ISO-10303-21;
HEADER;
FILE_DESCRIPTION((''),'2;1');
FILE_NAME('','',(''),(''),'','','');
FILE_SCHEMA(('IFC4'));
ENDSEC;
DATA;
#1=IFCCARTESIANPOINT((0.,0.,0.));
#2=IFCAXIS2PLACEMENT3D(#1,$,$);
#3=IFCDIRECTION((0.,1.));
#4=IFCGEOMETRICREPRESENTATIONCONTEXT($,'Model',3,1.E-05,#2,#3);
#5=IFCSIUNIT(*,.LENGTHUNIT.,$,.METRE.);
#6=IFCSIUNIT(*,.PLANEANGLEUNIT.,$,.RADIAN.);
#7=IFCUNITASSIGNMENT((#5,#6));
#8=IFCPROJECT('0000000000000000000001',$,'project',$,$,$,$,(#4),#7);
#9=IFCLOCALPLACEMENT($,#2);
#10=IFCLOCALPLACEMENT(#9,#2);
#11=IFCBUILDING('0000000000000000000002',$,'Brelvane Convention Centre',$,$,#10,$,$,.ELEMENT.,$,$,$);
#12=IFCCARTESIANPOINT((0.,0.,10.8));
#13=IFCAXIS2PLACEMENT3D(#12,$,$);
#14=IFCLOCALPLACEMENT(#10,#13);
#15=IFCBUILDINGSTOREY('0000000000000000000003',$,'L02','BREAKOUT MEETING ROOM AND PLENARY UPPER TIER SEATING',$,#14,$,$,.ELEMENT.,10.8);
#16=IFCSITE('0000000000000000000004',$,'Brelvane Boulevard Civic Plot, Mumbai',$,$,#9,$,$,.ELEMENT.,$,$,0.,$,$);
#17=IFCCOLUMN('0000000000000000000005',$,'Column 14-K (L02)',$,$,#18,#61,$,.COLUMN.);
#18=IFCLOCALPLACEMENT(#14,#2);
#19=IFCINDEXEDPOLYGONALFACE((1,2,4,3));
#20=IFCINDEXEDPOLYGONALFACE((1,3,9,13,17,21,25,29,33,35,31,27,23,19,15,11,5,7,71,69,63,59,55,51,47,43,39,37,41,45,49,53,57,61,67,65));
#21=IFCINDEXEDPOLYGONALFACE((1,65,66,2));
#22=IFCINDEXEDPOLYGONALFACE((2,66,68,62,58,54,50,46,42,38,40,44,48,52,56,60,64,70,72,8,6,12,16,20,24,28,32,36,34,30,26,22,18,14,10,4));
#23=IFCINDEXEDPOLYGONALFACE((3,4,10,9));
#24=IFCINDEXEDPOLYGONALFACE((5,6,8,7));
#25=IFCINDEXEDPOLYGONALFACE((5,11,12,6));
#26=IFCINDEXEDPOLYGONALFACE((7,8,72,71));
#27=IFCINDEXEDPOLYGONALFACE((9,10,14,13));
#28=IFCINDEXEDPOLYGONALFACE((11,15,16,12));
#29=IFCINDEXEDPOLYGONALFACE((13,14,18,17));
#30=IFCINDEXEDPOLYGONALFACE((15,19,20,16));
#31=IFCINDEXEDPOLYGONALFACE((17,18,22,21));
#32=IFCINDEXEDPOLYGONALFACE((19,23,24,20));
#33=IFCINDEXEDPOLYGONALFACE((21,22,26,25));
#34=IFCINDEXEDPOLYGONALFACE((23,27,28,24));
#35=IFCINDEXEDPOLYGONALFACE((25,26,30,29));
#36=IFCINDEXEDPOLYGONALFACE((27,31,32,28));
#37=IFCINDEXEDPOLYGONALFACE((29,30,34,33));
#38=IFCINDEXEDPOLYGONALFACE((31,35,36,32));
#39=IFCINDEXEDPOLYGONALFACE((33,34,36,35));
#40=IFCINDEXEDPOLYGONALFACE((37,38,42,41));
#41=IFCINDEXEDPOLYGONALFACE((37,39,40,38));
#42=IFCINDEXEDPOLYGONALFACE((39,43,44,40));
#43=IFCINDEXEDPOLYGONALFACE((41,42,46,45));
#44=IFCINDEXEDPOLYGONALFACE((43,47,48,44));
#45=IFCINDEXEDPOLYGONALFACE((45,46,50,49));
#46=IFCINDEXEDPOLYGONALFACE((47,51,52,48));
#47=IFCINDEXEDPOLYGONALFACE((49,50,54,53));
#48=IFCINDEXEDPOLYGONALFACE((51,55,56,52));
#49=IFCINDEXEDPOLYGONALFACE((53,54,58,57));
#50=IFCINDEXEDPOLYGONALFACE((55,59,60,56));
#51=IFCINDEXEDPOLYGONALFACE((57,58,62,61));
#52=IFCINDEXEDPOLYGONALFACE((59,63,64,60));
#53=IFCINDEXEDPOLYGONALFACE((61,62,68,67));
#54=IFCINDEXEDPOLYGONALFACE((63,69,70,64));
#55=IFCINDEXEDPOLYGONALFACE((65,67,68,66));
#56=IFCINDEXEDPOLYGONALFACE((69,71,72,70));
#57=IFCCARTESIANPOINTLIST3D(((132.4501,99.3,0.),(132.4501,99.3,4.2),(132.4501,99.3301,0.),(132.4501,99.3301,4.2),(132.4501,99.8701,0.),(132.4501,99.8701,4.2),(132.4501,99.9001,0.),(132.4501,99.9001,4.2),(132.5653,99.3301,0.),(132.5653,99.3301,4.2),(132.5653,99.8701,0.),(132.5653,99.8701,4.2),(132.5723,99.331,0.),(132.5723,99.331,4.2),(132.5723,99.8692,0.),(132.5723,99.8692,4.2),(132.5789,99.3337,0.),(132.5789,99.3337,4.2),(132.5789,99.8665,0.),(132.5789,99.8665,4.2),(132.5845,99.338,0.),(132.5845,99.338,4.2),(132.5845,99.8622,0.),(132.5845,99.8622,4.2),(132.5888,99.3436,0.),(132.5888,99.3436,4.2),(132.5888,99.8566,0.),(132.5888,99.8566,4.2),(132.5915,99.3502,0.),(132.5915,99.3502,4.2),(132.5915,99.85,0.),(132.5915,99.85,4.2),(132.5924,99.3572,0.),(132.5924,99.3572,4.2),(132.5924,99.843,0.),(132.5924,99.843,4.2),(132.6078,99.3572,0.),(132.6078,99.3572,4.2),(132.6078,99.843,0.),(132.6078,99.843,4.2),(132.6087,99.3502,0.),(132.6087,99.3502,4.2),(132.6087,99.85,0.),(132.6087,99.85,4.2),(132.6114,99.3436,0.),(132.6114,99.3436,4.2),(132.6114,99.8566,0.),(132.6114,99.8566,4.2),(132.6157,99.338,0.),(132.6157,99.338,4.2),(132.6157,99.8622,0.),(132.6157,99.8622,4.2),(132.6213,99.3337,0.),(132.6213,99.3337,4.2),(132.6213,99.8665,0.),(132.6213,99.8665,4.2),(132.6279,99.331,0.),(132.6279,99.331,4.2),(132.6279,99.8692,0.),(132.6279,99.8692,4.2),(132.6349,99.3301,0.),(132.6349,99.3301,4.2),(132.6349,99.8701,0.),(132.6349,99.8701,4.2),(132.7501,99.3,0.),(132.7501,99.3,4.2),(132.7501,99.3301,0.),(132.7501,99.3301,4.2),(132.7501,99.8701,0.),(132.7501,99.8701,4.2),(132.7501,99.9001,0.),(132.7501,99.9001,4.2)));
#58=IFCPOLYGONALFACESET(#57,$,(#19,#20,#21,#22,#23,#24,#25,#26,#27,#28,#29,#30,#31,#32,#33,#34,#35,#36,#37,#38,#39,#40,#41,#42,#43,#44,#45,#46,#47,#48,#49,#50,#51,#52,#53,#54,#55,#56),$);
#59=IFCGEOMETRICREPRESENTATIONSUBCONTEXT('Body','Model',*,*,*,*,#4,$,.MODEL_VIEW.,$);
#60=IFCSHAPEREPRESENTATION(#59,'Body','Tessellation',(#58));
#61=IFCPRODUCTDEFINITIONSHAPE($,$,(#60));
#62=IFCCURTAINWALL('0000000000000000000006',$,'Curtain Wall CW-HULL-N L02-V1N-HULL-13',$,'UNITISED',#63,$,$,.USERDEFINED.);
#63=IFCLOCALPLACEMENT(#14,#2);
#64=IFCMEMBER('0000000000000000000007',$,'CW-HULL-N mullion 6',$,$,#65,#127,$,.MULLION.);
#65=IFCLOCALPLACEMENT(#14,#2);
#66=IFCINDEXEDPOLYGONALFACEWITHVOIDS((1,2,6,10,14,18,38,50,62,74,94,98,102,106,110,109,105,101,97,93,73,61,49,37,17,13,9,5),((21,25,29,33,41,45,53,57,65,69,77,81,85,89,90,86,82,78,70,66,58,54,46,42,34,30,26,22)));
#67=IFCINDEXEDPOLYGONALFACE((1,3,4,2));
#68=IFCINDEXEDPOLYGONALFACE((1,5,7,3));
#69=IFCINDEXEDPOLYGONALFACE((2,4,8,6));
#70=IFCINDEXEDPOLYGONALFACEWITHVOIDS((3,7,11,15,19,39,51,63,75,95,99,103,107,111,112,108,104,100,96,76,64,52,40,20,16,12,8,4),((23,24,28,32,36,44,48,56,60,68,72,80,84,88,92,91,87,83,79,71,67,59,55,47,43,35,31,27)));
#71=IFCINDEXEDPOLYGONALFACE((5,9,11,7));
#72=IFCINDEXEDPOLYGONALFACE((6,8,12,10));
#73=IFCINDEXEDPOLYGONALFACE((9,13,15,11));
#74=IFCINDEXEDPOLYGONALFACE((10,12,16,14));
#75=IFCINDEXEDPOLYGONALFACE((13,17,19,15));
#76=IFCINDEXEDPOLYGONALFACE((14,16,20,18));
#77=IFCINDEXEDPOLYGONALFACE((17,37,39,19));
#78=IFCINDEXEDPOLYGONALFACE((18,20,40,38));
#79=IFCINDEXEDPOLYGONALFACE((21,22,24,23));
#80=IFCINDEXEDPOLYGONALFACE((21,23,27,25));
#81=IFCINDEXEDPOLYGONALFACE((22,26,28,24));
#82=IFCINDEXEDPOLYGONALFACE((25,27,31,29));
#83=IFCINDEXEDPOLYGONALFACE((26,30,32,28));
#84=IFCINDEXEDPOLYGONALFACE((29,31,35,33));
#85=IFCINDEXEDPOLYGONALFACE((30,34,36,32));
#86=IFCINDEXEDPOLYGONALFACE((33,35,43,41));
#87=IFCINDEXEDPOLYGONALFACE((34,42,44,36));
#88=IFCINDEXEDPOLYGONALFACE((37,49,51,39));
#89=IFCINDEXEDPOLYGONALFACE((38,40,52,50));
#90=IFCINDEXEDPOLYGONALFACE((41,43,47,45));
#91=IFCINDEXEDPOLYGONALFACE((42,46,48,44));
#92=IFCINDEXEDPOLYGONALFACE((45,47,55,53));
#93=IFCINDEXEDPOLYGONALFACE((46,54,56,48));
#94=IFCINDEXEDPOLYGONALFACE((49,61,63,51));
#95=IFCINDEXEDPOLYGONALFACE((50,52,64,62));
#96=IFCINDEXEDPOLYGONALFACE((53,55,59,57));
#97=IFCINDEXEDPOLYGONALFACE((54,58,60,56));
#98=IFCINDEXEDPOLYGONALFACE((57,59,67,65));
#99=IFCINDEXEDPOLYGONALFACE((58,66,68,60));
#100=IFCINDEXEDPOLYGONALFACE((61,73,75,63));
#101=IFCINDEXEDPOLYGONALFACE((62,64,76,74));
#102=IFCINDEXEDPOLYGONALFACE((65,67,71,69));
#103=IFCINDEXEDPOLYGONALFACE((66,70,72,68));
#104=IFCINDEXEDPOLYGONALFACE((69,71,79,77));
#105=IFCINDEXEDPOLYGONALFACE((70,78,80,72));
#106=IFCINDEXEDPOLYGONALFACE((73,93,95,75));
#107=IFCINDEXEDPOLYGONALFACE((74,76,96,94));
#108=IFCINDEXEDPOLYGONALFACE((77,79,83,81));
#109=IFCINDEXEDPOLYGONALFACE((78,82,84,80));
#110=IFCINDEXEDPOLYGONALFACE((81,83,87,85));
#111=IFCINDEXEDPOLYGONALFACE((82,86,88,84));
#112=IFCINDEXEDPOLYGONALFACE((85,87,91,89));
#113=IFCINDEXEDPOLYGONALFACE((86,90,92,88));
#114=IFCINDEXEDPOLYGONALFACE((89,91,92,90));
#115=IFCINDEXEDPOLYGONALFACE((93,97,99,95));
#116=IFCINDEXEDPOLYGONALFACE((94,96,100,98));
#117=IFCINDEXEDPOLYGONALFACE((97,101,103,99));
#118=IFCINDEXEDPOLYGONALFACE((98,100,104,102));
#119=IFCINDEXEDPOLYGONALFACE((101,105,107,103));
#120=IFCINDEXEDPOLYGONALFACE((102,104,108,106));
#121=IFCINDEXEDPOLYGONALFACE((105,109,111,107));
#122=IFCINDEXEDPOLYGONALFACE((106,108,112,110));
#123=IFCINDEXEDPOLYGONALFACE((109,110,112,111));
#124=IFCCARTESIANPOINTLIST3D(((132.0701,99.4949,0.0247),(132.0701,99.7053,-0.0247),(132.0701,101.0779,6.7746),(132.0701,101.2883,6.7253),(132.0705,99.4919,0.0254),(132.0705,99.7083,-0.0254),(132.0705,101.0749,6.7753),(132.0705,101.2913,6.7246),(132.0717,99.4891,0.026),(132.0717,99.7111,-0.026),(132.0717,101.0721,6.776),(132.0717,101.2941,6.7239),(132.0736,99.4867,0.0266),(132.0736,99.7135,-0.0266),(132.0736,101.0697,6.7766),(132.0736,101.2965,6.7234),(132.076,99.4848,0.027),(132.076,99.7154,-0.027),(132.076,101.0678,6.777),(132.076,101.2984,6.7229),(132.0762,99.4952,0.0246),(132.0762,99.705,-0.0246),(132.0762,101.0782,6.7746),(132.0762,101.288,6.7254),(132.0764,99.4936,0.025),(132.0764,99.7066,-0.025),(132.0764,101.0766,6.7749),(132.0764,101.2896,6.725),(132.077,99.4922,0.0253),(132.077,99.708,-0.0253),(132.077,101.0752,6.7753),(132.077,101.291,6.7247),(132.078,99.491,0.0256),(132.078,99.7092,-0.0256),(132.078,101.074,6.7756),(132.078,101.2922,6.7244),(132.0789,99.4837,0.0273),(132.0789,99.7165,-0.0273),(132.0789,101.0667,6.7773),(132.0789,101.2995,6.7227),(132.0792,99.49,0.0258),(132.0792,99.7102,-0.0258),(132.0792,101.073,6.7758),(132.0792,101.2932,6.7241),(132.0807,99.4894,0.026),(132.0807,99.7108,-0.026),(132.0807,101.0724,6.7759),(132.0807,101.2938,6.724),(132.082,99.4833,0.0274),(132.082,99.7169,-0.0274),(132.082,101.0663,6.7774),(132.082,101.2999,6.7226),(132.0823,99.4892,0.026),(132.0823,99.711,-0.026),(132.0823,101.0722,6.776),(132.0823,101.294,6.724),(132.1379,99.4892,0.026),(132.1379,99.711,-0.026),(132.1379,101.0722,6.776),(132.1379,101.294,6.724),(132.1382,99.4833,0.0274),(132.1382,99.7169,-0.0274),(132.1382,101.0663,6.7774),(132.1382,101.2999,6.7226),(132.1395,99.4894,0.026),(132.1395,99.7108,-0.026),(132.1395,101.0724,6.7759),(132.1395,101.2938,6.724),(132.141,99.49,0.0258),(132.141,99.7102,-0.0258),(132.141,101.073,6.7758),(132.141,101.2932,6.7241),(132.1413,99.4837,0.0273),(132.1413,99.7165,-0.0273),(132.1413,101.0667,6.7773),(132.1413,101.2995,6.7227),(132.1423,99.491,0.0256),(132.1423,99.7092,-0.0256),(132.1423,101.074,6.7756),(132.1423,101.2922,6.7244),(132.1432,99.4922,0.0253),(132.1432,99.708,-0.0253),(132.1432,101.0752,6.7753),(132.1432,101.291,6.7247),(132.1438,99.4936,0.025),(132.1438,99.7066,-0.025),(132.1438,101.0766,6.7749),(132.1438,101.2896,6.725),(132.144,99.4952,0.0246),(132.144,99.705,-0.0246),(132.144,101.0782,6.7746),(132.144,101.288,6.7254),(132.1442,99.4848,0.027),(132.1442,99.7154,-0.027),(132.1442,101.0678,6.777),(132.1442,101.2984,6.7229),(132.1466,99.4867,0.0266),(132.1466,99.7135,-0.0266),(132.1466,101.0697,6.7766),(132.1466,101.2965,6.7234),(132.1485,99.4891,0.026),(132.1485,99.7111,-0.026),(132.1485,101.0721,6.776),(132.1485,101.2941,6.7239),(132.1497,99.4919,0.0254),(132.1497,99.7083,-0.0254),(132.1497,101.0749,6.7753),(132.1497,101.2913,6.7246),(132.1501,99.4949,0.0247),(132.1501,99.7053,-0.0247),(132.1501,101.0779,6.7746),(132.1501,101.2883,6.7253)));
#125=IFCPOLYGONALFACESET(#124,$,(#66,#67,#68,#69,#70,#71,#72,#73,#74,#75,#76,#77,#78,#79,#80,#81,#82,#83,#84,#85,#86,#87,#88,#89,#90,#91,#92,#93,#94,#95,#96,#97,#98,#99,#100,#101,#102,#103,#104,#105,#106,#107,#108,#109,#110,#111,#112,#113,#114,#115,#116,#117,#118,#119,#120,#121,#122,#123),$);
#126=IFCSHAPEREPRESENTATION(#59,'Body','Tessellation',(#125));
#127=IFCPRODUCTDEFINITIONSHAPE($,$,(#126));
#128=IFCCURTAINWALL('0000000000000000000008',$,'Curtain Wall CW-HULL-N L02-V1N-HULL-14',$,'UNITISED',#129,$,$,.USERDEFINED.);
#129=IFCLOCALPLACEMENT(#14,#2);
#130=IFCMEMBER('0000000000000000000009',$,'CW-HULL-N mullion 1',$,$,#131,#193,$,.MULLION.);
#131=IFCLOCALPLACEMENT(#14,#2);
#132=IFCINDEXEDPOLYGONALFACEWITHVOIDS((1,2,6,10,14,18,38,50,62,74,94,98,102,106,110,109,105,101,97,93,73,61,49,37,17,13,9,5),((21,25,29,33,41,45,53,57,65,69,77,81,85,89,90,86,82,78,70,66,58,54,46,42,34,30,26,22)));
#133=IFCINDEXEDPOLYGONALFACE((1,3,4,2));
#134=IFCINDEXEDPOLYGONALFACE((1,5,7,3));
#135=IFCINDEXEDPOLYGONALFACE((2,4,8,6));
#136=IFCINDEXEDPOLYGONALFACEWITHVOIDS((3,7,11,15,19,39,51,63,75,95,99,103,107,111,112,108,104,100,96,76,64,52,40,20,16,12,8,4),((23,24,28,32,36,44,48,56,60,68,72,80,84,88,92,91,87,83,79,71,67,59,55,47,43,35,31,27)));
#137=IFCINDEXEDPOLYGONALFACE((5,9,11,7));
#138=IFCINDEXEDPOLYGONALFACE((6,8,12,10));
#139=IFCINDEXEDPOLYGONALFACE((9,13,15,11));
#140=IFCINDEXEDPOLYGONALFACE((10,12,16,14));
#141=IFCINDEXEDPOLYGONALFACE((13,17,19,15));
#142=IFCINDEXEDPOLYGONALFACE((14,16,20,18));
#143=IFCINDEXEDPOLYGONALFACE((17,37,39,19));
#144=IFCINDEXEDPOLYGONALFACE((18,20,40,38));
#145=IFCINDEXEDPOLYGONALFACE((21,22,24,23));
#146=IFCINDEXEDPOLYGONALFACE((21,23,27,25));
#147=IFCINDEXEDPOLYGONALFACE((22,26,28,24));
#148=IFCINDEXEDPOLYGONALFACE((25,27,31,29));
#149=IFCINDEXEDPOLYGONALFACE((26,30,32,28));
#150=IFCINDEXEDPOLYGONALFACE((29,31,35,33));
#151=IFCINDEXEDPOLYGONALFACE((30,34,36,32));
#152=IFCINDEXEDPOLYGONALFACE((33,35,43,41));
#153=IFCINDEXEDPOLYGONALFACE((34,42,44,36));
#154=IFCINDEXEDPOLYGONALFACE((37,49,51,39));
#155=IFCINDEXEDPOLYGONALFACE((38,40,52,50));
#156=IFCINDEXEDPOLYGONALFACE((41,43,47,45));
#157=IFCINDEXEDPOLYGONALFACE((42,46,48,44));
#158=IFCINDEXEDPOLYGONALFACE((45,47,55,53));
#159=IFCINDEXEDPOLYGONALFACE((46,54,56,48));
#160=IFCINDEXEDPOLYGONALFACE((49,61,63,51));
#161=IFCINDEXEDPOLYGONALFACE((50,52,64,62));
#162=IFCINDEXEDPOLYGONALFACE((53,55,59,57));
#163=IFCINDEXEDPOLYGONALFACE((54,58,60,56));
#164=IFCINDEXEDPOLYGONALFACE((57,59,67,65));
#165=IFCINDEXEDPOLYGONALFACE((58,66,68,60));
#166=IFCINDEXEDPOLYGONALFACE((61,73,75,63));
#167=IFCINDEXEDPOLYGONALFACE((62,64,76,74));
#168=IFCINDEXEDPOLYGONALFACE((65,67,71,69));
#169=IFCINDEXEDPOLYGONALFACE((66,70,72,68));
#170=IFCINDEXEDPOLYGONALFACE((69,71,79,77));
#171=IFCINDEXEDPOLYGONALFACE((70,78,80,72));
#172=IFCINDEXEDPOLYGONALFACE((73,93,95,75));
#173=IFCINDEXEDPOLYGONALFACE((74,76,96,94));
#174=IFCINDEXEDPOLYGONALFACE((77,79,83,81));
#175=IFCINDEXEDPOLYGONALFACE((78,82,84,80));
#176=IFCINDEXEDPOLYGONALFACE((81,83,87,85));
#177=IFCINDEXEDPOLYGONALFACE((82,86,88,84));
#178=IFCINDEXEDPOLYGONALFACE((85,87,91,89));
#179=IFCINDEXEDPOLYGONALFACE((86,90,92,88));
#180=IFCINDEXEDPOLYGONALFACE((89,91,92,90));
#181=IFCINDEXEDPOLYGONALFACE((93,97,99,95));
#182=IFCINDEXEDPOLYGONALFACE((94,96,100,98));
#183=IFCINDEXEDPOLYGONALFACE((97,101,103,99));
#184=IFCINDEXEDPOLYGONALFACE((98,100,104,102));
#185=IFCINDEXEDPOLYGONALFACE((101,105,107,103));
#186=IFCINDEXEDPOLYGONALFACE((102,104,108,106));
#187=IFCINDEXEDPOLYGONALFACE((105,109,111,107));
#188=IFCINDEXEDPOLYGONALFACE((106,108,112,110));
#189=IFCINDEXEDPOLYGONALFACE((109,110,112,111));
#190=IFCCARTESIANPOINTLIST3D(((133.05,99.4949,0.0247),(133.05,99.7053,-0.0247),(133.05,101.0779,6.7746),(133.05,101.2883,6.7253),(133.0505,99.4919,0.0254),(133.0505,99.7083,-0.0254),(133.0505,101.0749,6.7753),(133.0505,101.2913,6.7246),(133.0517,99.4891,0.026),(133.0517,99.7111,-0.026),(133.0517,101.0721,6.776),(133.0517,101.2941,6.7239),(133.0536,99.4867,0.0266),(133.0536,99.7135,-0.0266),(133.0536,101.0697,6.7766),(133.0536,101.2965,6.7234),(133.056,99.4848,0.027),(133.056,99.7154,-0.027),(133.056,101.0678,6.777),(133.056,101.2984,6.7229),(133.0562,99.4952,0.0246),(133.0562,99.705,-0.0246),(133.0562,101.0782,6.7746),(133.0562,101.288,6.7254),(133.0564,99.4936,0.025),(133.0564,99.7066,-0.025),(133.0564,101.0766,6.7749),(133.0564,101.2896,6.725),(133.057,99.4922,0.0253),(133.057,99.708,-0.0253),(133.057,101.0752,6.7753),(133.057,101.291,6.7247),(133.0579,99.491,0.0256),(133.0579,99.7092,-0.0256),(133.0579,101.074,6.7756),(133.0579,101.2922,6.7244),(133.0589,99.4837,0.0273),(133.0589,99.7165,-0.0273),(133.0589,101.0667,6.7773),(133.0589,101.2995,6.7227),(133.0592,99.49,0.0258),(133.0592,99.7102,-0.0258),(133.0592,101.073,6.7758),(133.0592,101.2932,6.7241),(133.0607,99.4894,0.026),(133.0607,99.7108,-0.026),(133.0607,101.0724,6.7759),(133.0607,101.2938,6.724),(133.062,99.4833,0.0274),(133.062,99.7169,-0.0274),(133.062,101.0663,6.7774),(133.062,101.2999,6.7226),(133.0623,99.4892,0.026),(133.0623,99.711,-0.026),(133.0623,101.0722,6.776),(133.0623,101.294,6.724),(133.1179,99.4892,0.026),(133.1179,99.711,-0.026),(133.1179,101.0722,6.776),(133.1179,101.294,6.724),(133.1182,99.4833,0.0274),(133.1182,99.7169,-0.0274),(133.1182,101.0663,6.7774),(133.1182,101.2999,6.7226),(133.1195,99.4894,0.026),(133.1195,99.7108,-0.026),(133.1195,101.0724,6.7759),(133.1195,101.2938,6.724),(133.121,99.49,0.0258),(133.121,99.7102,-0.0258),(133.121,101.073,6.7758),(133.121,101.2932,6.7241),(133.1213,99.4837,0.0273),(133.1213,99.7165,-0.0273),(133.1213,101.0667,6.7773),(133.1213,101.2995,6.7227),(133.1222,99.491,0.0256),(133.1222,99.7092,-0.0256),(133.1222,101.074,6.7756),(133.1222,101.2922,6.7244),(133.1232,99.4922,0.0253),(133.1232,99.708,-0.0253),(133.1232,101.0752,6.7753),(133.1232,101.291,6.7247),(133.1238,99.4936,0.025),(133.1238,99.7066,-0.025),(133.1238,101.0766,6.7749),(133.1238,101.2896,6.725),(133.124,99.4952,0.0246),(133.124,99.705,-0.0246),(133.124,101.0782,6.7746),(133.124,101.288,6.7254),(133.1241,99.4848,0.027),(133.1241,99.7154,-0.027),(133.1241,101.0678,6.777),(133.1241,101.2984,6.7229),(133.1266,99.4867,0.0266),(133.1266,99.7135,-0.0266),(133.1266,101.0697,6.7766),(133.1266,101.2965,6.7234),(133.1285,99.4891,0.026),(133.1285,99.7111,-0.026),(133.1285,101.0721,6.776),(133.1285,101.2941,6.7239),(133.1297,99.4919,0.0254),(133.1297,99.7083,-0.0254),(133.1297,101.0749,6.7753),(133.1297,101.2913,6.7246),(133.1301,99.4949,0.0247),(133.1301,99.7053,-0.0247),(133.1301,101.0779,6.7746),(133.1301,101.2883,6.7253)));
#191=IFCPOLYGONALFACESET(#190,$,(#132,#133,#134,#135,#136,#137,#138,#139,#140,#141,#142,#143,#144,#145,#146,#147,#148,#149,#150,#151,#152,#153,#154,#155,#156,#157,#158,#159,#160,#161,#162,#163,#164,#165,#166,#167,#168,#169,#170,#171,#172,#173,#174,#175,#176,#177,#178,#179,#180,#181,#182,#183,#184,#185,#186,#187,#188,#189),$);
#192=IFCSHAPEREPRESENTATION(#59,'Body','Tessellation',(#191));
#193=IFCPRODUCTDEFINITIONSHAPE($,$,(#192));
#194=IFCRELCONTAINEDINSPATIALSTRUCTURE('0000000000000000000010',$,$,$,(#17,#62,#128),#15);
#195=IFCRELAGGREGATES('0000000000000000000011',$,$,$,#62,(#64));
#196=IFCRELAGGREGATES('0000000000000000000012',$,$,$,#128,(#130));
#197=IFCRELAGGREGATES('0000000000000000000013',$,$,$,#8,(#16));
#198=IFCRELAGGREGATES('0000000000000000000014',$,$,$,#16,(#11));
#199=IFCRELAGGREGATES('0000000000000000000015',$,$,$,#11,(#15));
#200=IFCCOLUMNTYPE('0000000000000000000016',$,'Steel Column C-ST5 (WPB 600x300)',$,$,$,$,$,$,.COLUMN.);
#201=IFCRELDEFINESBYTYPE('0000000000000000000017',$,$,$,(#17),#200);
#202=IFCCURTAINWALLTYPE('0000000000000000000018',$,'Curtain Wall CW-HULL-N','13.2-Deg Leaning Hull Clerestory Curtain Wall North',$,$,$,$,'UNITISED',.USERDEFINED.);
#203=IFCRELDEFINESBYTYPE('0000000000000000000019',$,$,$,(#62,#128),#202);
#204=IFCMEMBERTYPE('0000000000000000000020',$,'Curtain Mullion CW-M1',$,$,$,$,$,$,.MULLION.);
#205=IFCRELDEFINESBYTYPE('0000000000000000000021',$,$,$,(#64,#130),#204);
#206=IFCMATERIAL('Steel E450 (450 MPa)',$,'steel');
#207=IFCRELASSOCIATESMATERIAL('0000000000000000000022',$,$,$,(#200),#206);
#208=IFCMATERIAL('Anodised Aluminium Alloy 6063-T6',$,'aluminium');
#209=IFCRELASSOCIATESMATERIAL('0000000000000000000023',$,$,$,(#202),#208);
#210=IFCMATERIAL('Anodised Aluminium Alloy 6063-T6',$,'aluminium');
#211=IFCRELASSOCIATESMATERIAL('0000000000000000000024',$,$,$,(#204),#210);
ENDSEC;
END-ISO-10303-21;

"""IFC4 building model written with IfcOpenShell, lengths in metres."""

from ifc_helpers import new_model, si_unit, direction, frame, origin, origin_2d, place, context, subcontext, project, spatial, hollow_rectangle, i_section, extrude, material, material_profile, profile_set, type_object, element, aggregate, save


model = new_model("IFC4")

# Units and contexts
model_context = context("Model", 3, precision=1e-05, world=origin(), true_north=direction((0.0, 1.0)))
body_context = subcontext(model_context, "Body", "Model", "MODEL_VIEW")
ifc_project = project(units=[si_unit("LENGTHUNIT", "METRE"), si_unit("PLANEANGLEUNIT", "RADIAN")], contexts=[model_context])

# Site, building, storey
site_placement = place(None, origin())
site = spatial("IfcSite", under=ifc_project, at=site_placement, Name="Brelvane Boulevard Civic Plot, Mumbai", CompositionType="ELEMENT", RefElevation=0.0)
building_placement = place(site_placement, origin())
building = spatial("IfcBuilding", under=site, at=building_placement, Name="Brelvane Convention Centre", CompositionType="ELEMENT")
storey_placement = place(building_placement, frame((0.0, 0.0, 10.8)))
storey = spatial("IfcBuildingStorey", under=building, at=storey_placement, Name="L02", Description="BREAKOUT MEETING ROOM AND PLENARY UPPER TIER SEATING", CompositionType="ELEMENT", Elevation=10.8)

# Column
ifc_material_1 = material(Name="Steel E450 (450 MPa)", Category="steel")
ifc_material_profile_1 = material_profile(ifc_material_1, i_section(OverallWidth=0.3, OverallDepth=0.6001, WebThickness=0.0154, FlangeThickness=0.03, FilletRadius=0.0271, at=origin_2d()), Name="WPB 600x300")
ifc_profile_set_1 = profile_set([ifc_material_profile_1], Name="Steel E450 (450 MPa)")
column_type = type_object("IfcColumnType", Name="Steel Column C-ST5 (WPB 600x300)", PredefinedType="COLUMN", material=ifc_profile_set_1)
column_placement = place(storey_placement, frame((132.6001, 99.6001, 0.0), z_axis=(0.0, 0.0, 1.0), x_axis=(1.0, 0.0, 0.0)))
element("IfcColumn", 1, at=column_placement, inside=storey, type_object=column_type, Name="Column 14-K (L02)", PredefinedType="COLUMN", context=body_context, shape_type="SweptSolid", body=[
    extrude(i_section(OverallWidth=0.3, OverallDepth=0.6001, WebThickness=0.0154, FlangeThickness=0.03, FilletRadius=0.0271, at=origin_2d()), origin(), (0.0, 0.0, 1.0), 4.2),
])

# Curtain wall, member
ifc_material_2 = material(Name="Anodised Aluminium Alloy 6063-T6", Category="aluminium")
curtain_wall_type = type_object("IfcCurtainWallType", Name="Curtain Wall CW-HULL-N", Description="13.2-Deg Leaning Hull Clerestory Curtain Wall North", ElementType="UNITISED", PredefinedType="USERDEFINED", material=ifc_material_2)
curtain_wall_1_placement = place(storey_placement, origin())
curtain_wall_1 = element("IfcCurtainWall", 2, at=curtain_wall_1_placement, inside=storey, type_object=curtain_wall_type, Name="Curtain Wall CW-HULL-N L02-V1N-HULL-13", ObjectType="UNITISED", PredefinedType="USERDEFINED")
ifc_material_3 = material(Name="Anodised Aluminium Alloy 6063-T6", Category="aluminium")
ifc_material_profile_2 = material_profile(ifc_material_3, hollow_rectangle(XDim=0.0801, YDim=0.24, WallThickness=0.0061, InnerFilletRadius=0.0061, OuterFilletRadius=0.012, at=origin_2d()), Name="ALU-M 240x80x6.0")
ifc_profile_set_2 = profile_set([ifc_material_profile_2], Name="Anodised Aluminium Alloy 6063-T6")
member_type_1 = type_object("IfcMemberType", Name="Curtain Mullion CW-M1", PredefinedType="MULLION", material=ifc_profile_set_2)
member_1_placement = place(storey_placement, frame((132.1101, 99.6001, 0.0), z_axis=(0.0, 0.228325, 0.973585), x_axis=(-1.0, 0.0, 0.0)))
member_1 = element("IfcMember", 3, at=member_1_placement, type_object=member_type_1, Name="CW-HULL-N mullion 6", PredefinedType="MULLION", context=body_context, shape_type="SweptSolid", body=[
    extrude(hollow_rectangle(XDim=0.0801, YDim=0.24, WallThickness=0.0061, InnerFilletRadius=0.0061, OuterFilletRadius=0.012, at=origin_2d()), origin(), (0.0, 0.0, 1.0), 6.9331),
])
aggregate(curtain_wall_1, [member_1])

# Curtain wall, member
curtain_wall_2_placement = place(storey_placement, origin())
curtain_wall_2 = element("IfcCurtainWall", 4, at=curtain_wall_2_placement, inside=storey, type_object=curtain_wall_type, Name="Curtain Wall CW-HULL-N L02-V1N-HULL-14", ObjectType="UNITISED", PredefinedType="USERDEFINED")
member_2_placement = place(storey_placement, frame((133.0901, 99.6001, 0.0), z_axis=(0.0, 0.228325, 0.973585), x_axis=(-1.0, 0.0, 0.0)))
member_2 = element("IfcMember", 5, at=member_2_placement, type_object=member_type_1, Name="CW-HULL-N mullion 1", PredefinedType="MULLION", context=body_context, shape_type="SweptSolid", body=[
    extrude(hollow_rectangle(XDim=0.0801, YDim=0.24, WallThickness=0.0061, InnerFilletRadius=0.0061, OuterFilletRadius=0.012, at=origin_2d()), origin(), (0.0, 0.0, 1.0), 6.9331),
])

aggregate(curtain_wall_2, [member_2])

save(model, "model.ifc")
